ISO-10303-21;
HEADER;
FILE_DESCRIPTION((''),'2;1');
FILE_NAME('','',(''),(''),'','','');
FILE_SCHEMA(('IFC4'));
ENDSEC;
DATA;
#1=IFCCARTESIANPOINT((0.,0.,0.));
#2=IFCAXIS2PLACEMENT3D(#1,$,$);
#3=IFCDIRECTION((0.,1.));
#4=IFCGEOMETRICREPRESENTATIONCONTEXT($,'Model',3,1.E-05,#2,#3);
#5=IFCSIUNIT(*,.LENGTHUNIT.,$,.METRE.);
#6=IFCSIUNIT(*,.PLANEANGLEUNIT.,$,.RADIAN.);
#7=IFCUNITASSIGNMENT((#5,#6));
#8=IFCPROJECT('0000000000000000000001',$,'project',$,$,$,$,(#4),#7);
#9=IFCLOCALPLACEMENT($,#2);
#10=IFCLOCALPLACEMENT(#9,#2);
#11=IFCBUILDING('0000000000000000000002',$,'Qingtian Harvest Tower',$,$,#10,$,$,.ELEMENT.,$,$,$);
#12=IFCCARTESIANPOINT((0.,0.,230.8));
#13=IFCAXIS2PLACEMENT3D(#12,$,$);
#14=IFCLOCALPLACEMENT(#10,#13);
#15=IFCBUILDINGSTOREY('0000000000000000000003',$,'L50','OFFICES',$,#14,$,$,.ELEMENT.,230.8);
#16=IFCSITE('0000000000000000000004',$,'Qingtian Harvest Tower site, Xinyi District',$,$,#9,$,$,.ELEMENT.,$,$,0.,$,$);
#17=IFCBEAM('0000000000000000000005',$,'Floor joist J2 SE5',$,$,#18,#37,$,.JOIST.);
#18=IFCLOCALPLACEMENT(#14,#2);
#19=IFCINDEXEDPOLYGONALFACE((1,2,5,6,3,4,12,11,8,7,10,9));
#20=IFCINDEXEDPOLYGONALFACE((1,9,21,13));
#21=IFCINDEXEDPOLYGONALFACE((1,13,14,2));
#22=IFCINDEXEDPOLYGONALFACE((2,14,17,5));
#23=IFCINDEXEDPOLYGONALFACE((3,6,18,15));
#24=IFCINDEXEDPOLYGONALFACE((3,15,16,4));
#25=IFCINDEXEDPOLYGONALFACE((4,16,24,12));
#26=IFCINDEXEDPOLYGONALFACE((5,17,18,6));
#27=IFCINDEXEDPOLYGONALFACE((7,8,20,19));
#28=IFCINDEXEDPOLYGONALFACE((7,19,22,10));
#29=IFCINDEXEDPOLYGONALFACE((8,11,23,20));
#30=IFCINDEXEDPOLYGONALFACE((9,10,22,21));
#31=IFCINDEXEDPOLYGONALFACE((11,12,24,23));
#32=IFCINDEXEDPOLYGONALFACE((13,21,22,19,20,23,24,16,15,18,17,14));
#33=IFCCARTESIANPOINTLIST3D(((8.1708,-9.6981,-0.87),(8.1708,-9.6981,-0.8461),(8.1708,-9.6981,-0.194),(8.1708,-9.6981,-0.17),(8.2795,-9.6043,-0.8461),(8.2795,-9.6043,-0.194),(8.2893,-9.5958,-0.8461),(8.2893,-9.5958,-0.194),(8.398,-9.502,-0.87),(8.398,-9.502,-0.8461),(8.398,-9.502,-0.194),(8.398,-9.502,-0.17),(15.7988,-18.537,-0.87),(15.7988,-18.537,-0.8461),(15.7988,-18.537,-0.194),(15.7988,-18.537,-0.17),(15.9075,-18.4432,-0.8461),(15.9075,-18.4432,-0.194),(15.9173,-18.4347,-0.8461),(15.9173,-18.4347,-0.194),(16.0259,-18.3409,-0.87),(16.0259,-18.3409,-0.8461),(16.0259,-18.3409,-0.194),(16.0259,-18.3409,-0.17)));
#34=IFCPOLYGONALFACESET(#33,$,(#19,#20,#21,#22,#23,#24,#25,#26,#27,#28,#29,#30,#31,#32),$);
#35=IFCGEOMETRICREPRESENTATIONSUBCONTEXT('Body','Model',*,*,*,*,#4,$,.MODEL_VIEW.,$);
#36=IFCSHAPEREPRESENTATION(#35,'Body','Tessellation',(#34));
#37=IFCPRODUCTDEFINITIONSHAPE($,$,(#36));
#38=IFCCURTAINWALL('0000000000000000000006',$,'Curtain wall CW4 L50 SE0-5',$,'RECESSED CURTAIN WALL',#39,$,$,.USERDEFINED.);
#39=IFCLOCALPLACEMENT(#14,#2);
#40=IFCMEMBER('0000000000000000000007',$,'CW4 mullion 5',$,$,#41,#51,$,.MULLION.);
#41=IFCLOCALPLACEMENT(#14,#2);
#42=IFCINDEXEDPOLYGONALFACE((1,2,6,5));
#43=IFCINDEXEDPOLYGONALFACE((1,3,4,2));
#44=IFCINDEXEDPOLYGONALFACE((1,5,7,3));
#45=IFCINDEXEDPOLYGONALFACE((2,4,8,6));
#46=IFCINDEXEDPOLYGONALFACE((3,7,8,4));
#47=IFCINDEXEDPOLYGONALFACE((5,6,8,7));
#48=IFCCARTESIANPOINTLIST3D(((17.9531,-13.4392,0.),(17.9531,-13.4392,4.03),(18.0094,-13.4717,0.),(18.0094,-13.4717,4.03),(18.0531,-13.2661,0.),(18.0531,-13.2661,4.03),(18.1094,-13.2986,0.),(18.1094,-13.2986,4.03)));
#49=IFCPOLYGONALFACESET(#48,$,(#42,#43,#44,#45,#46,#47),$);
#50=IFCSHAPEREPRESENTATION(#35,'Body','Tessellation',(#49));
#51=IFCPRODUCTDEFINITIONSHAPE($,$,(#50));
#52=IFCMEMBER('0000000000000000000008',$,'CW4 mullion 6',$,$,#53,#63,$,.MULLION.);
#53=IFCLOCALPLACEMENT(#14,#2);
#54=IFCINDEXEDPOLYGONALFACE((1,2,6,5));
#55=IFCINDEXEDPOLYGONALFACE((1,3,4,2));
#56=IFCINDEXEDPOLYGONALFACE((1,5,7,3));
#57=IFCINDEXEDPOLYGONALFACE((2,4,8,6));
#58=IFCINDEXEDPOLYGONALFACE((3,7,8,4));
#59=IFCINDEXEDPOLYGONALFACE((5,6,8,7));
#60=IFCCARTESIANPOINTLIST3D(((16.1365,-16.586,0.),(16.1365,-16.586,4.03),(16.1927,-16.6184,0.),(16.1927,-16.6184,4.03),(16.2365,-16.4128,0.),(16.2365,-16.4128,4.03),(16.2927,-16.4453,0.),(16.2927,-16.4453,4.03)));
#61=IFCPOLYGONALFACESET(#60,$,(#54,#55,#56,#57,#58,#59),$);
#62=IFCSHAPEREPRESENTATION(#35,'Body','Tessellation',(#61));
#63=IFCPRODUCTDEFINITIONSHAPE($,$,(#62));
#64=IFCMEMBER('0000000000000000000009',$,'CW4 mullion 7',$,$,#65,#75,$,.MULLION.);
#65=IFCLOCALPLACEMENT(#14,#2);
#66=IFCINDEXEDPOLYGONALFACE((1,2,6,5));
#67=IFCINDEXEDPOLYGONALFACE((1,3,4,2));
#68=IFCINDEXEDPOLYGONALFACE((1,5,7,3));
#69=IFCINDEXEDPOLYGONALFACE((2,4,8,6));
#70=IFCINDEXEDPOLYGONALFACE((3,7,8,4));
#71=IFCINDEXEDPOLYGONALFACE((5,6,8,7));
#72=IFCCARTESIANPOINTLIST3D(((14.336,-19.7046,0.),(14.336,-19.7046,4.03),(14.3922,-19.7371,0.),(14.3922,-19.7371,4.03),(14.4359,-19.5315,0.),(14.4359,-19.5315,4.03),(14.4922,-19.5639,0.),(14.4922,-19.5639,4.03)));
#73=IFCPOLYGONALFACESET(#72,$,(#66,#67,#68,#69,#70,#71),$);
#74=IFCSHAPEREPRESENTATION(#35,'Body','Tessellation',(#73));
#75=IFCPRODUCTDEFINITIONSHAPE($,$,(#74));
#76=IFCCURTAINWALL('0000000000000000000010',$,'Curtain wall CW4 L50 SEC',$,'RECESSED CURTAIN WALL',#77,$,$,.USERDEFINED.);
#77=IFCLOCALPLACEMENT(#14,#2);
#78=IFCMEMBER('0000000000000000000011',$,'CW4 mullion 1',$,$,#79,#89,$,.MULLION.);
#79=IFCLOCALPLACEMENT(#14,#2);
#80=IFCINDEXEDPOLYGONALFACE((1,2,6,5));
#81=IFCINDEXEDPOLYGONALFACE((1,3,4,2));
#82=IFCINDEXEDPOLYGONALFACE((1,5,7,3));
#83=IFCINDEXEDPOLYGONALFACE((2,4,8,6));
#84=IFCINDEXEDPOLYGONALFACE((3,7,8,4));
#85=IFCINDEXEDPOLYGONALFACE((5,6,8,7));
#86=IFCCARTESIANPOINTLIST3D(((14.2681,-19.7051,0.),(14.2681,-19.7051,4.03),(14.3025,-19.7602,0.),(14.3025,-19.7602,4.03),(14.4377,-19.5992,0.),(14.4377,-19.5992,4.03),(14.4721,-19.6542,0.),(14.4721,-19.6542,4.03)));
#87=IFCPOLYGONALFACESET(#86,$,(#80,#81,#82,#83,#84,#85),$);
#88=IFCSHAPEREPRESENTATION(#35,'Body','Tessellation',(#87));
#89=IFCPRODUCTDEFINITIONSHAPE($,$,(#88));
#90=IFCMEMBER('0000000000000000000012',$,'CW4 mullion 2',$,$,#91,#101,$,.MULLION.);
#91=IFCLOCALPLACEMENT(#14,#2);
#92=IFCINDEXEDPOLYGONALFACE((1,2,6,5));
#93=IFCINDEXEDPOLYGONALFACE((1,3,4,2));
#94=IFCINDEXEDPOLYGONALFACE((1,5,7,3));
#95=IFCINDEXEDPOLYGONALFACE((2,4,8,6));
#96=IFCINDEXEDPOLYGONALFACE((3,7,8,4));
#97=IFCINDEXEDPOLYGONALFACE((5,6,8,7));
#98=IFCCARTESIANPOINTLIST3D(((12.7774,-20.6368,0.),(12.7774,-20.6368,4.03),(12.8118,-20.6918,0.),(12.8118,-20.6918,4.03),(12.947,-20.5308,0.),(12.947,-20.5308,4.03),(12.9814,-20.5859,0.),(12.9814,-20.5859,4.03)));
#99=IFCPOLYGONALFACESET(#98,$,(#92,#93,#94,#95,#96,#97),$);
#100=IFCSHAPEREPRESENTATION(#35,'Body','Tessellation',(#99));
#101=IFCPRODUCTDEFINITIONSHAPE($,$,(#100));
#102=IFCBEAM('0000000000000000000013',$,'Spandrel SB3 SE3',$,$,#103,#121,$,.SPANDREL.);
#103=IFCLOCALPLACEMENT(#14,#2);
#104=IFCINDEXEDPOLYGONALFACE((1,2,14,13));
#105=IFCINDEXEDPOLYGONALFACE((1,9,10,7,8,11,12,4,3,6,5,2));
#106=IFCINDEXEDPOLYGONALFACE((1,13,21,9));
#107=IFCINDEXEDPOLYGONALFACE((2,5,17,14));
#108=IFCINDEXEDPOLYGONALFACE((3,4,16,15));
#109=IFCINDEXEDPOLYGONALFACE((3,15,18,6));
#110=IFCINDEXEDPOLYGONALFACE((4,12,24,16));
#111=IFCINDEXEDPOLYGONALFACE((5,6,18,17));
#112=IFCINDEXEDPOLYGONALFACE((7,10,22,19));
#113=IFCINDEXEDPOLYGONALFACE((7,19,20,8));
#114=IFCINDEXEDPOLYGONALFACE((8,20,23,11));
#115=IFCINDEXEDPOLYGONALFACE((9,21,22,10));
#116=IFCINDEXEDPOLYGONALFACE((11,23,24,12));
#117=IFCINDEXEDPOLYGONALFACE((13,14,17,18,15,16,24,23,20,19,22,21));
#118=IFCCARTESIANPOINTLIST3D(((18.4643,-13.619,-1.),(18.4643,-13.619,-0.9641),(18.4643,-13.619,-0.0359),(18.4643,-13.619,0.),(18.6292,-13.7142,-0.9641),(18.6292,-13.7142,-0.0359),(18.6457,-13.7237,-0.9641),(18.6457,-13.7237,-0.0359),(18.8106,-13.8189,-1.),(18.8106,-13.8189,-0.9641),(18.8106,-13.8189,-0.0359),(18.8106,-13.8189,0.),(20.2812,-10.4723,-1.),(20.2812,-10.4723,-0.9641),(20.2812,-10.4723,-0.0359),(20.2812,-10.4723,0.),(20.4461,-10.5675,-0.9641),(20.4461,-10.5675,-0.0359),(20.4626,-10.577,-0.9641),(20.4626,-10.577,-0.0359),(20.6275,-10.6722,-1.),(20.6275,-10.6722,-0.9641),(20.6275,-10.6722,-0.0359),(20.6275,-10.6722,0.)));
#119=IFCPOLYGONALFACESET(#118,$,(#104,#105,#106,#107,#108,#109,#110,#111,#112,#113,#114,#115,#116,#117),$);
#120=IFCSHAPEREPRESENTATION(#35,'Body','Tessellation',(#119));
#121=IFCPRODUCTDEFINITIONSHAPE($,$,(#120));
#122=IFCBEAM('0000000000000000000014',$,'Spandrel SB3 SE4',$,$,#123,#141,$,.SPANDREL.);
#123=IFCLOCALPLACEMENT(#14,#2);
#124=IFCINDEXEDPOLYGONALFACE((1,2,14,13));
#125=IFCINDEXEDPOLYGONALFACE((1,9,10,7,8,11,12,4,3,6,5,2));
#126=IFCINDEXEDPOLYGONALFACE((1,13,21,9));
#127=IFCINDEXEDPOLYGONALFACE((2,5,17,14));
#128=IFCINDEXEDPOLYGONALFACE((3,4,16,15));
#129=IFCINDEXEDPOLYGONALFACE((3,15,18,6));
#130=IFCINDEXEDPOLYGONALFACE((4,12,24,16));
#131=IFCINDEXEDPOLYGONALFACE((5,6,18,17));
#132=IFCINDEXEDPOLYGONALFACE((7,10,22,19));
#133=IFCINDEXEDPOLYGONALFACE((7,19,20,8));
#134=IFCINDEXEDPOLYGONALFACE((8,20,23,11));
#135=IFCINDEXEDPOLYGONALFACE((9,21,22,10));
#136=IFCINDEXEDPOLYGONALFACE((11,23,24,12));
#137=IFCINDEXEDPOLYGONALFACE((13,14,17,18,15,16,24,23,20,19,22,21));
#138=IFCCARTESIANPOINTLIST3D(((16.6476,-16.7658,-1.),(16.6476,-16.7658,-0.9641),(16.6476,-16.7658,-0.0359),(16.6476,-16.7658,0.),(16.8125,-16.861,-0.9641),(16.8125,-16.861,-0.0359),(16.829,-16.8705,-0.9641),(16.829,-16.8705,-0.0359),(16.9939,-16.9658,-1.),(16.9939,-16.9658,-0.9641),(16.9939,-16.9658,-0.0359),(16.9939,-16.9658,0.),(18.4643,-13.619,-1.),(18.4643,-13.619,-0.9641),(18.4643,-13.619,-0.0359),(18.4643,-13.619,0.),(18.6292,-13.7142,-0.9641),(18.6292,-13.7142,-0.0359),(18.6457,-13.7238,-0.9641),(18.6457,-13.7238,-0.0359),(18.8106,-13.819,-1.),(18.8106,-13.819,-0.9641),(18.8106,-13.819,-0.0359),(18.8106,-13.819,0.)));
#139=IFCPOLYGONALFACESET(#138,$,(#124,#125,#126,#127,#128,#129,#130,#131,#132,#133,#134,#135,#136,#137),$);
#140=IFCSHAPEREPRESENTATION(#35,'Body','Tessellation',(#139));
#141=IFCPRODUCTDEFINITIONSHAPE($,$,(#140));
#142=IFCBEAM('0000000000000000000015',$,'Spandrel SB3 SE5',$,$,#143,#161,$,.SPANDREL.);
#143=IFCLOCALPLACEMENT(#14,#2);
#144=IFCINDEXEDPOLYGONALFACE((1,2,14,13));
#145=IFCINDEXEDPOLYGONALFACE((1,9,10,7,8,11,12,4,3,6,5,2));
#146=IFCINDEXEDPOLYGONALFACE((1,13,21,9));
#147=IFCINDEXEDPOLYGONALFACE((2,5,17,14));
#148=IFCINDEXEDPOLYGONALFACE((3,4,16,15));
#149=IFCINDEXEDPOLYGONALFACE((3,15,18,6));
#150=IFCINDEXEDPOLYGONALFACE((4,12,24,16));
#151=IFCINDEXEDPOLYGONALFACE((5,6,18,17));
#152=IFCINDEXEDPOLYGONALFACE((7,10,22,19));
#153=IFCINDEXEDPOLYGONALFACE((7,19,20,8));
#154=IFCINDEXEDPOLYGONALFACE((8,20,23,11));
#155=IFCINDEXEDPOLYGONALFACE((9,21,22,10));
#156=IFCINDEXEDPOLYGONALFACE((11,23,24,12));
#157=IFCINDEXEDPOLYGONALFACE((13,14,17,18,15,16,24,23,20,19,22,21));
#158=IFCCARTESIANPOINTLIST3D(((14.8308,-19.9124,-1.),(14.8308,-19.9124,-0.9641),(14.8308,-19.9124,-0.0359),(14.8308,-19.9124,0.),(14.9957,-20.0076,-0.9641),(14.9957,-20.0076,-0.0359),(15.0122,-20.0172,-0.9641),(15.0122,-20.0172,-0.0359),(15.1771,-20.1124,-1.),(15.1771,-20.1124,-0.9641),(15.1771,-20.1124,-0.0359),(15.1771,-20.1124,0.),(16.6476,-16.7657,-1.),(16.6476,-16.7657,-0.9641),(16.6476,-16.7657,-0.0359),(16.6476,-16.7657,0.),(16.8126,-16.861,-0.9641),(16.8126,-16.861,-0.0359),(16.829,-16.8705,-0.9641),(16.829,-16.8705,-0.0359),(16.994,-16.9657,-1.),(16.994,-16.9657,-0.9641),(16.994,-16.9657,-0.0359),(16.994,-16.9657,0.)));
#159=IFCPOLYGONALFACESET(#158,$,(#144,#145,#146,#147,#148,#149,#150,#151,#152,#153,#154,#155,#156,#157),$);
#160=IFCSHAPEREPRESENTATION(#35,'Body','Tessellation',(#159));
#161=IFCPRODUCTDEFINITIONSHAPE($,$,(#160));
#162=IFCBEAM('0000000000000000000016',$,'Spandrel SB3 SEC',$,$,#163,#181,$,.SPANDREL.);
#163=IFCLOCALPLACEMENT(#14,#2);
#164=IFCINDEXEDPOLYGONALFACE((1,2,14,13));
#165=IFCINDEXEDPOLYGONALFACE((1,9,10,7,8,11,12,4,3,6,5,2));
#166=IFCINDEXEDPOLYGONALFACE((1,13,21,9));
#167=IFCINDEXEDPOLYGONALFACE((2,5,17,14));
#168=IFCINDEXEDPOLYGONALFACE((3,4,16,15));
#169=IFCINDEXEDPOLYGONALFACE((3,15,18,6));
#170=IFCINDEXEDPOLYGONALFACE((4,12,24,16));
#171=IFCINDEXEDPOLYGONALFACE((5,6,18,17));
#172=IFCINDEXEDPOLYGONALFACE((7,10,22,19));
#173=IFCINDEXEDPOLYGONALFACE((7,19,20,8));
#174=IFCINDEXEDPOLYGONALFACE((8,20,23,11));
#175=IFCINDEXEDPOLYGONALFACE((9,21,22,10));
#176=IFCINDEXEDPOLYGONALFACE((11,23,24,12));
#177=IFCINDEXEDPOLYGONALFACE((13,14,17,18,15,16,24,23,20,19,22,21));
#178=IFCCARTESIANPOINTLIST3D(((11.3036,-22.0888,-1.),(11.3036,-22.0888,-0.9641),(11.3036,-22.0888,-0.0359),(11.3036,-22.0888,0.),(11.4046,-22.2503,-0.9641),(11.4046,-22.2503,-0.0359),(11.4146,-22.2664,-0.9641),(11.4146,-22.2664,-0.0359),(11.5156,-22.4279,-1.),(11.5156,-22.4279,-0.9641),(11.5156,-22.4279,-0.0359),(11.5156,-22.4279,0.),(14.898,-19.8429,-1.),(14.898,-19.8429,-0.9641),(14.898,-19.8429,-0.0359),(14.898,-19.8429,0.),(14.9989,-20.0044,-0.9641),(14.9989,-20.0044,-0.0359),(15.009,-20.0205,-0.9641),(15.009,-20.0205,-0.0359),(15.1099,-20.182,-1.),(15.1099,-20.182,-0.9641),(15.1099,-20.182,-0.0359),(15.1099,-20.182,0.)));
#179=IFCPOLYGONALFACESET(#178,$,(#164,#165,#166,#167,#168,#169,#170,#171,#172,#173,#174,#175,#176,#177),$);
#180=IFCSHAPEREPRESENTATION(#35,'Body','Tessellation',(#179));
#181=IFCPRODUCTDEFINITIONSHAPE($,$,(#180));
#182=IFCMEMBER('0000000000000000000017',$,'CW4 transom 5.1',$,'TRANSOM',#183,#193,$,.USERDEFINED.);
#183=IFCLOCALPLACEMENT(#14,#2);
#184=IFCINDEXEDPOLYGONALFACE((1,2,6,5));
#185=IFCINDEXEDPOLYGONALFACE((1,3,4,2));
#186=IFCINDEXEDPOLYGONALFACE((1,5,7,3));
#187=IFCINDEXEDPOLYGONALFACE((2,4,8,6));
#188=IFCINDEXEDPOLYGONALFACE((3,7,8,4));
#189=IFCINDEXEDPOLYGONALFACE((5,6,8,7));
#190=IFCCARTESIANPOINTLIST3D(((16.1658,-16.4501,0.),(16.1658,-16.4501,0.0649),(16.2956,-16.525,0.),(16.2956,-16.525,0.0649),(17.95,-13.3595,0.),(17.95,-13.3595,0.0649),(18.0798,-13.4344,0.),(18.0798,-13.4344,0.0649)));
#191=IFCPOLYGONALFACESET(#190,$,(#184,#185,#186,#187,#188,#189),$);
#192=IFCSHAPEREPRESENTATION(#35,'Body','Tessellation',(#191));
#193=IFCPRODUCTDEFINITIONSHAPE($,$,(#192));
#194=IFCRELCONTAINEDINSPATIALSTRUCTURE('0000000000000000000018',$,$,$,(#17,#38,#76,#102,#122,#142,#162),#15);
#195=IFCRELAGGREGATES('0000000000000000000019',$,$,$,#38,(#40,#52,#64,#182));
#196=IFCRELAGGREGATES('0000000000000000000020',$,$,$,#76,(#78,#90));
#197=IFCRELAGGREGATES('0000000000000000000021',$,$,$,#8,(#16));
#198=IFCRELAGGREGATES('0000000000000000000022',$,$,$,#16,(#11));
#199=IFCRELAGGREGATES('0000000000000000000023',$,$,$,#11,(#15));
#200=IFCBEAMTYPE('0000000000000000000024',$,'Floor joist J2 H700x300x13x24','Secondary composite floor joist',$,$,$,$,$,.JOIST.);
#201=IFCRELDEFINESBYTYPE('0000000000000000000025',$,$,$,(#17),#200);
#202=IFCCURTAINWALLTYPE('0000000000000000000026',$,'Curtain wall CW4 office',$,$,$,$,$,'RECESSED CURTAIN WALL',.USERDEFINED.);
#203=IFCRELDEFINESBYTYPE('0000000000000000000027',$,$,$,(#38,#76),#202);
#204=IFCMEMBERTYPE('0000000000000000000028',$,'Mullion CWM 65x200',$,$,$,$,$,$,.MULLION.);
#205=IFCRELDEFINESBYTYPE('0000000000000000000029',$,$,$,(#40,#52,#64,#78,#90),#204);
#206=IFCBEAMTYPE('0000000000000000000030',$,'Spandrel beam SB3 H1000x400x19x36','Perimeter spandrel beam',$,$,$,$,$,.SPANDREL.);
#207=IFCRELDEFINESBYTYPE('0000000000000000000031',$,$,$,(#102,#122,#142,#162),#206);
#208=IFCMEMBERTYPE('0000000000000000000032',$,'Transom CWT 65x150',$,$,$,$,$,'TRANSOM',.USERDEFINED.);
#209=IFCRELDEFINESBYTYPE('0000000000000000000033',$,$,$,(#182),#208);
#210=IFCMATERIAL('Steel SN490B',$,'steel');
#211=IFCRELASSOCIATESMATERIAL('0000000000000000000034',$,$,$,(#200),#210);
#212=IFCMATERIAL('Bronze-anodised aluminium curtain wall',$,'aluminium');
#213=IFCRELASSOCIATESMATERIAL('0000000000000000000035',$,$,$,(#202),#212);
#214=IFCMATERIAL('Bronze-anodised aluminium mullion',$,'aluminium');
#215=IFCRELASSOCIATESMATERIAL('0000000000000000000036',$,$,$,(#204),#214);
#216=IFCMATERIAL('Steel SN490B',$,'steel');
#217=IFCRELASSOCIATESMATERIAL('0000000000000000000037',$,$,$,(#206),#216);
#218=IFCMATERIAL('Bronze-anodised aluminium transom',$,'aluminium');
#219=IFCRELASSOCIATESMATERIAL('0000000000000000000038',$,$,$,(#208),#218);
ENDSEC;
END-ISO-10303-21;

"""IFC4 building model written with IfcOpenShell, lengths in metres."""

from ifc_helpers import new_model, si_unit, direction, frame, origin, origin_2d, place, context, subcontext, project, spatial, rectangle, i_section, extrude, material, material_profile, profile_set, type_object, element, aggregate, save


model = new_model("IFC4")

# Units and contexts
model_context = context("Model", 3, precision=1e-05, world=origin(), true_north=direction((0.0, 1.0)))
body_context = subcontext(model_context, "Body", "Model", "MODEL_VIEW")
ifc_project = project(units=[si_unit("LENGTHUNIT", "METRE"), si_unit("PLANEANGLEUNIT", "RADIAN")], contexts=[model_context])

# Site, building, storey
site_placement = place(None, origin())
site = spatial("IfcSite", under=ifc_project, at=site_placement, Name="Qingtian Harvest Tower site, Xinyi District", CompositionType="ELEMENT", RefElevation=0.0)
building_placement = place(site_placement, origin())
building = spatial("IfcBuilding", under=site, at=building_placement, Name="Qingtian Harvest Tower", CompositionType="ELEMENT")
storey_placement = place(building_placement, frame((0.0, 0.0, 230.8)))
storey = spatial("IfcBuildingStorey", under=building, at=storey_placement, Name="L50", Description="OFFICES", CompositionType="ELEMENT", Elevation=230.8)

# Beam
ifc_material_1 = material(Name="Steel SN490B", Category="steel")
ifc_material_profile_1 = material_profile(ifc_material_1, i_section(OverallWidth=0.3, OverallDepth=0.7, WebThickness=0.0129, FlangeThickness=0.0239, at=origin_2d()), Name="H700x300x13x24")
ifc_profile_set_1 = profile_set([ifc_material_profile_1], Name="Steel SN490B")
beam_type_1 = type_object("IfcBeamType", Name="Floor joist J2 H700x300x13x24", Description="Secondary composite floor joist", PredefinedType="JOIST", material=ifc_profile_set_1)
beam_1_placement = place(storey_placement, frame((15.9124, -18.439, -0.52), z_axis=(-0.653343, 0.757062, 0.0), x_axis=(-0.757062, -0.653343, 0.0)))
element("IfcBeam", 1, at=beam_1_placement, inside=storey, type_object=beam_type_1, Name="Floor joist J2 SE5", PredefinedType="JOIST", context=body_context, shape_type="SweptSolid", body=[
    extrude(i_section(OverallWidth=0.3, OverallDepth=0.7, WebThickness=0.0129, FlangeThickness=0.0239, at=origin_2d()), origin(), (0.0, 0.0, 1.0), 11.6753),
])

# Curtain walls, members
ifc_material_2 = material(Name="Bronze-anodised aluminium curtain wall", Category="aluminium")
curtain_wall_type = type_object("IfcCurtainWallType", Name="Curtain wall CW4 office", ElementType="RECESSED CURTAIN WALL", PredefinedType="USERDEFINED", material=ifc_material_2)
curtain_wall_1_placement = place(storey_placement, origin())
curtain_wall_1 = element("IfcCurtainWall", 2, at=curtain_wall_1_placement, inside=storey, type_object=curtain_wall_type, Name="Curtain wall CW4 L50 SE0-5", ObjectType="RECESSED CURTAIN WALL", PredefinedType="USERDEFINED")
ifc_material_3 = material(Name="Bronze-anodised aluminium mullion", Category="aluminium")
ifc_material_profile_2 = material_profile(ifc_material_3, rectangle(XDim=0.0649, YDim=0.2, at=origin_2d()), Name="AL 65x200")
ifc_profile_set_2 = profile_set([ifc_material_profile_2], Name="Bronze-anodised aluminium mullion")
member_type_1 = type_object("IfcMemberType", Name="Mullion CWM 65x200", PredefinedType="MULLION", material=ifc_profile_set_2)
member_1_placement = place(storey_placement, frame((18.0312, -13.3689, 0.0), z_axis=(0.0, 0.0, 1.0), x_axis=(0.866025, -0.5, 0.0)))
member_1 = element("IfcMember", 3, at=member_1_placement, type_object=member_type_1, Name="CW4 mullion 5", PredefinedType="MULLION", context=body_context, shape_type="SweptSolid", body=[
    extrude(rectangle(XDim=0.0649, YDim=0.2, at=origin_2d()), origin(), (0.0, 0.0, 1.0), 4.03),
])
member_2_placement = place(storey_placement, frame((16.2146, -16.5156, 0.0), z_axis=(0.0, 0.0, 1.0), x_axis=(0.866025, -0.5, 0.0)))
member_2 = element("IfcMember", 4, at=member_2_placement, type_object=member_type_1, Name="CW4 mullion 6", PredefinedType="MULLION", context=body_context, shape_type="SweptSolid", body=[
    extrude(rectangle(XDim=0.0649, YDim=0.2, at=origin_2d()), origin(), (0.0, 0.0, 1.0), 4.03),
])
member_3_placement = place(storey_placement, frame((14.4141, -19.6343, 0.0), z_axis=(0.0, 0.0, 1.0), x_axis=(0.866025, -0.5, 0.0)))
member_3 = element("IfcMember", 5, at=member_3_placement, type_object=member_type_1, Name="CW4 mullion 7", PredefinedType="MULLION", context=body_context, shape_type="SweptSolid", body=[
    extrude(rectangle(XDim=0.0649, YDim=0.2, at=origin_2d()), origin(), (0.0, 0.0, 1.0), 4.03),
])
curtain_wall_2_placement = place(storey_placement, origin())
curtain_wall_2 = element("IfcCurtainWall", 6, at=curtain_wall_2_placement, inside=storey, type_object=curtain_wall_type, Name="Curtain wall CW4 L50 SEC", ObjectType="RECESSED CURTAIN WALL", PredefinedType="USERDEFINED")
member_4_placement = place(storey_placement, frame((14.3701, -19.6797, 0.0), z_axis=(0.0, 0.0, 1.0), x_axis=(0.529919, -0.848048, 0.0)))
member_4 = element("IfcMember", 7, at=member_4_placement, type_object=member_type_1, Name="CW4 mullion 1", PredefinedType="MULLION", context=body_context, shape_type="SweptSolid", body=[
    extrude(rectangle(XDim=0.0649, YDim=0.2, at=origin_2d()), origin(), (0.0, 0.0, 1.0), 4.03),
])
member_5_placement = place(storey_placement, frame((12.8794, -20.6113, 0.0), z_axis=(0.0, 0.0, 1.0), x_axis=(0.529919, -0.848048, 0.0)))
member_5 = element("IfcMember", 8, at=member_5_placement, type_object=member_type_1, Name="CW4 mullion 2", PredefinedType="MULLION", context=body_context, shape_type="SweptSolid", body=[
    extrude(rectangle(XDim=0.0649, YDim=0.2, at=origin_2d()), origin(), (0.0, 0.0, 1.0), 4.03),
])

# Beams
ifc_material_4 = material(Name="Steel SN490B", Category="steel")
ifc_material_profile_3 = material_profile(ifc_material_4, i_section(OverallWidth=0.3999, OverallDepth=1.0, WebThickness=0.019, FlangeThickness=0.0359, at=origin_2d()), Name="H1000x400x19x36")
ifc_profile_set_3 = profile_set([ifc_material_profile_3], Name="Steel SN490B")
beam_type_2 = type_object("IfcBeamType", Name="Spandrel beam SB3 H1000x400x19x36", Description="Perimeter spandrel beam", PredefinedType="SPANDREL", material=ifc_profile_set_3)
for number, where, z_axis, x_axis, name in (
    (9, (20.4543, -10.5723, -0.5), (-0.500027, -0.86601, 0.0), (0.86601, -0.500027, 0.0), "Spandrel SB3 SE3"),
    (10, (18.6375, -13.719, -0.5), (-0.499976, -0.866039, 0.0), (0.866039, -0.499976, 0.0), "Spandrel SB3 SE4"),
    (11, (16.8208, -16.8657, -0.5), (-0.500027, -0.86601, 0.0), (0.86601, -0.500027, 0.0), "Spandrel SB3 SE5"),
):
    element("IfcBeam", number, at=place(storey_placement, frame(where, z_axis=z_axis, x_axis=x_axis)), inside=storey, type_object=beam_type_2, Name=name, PredefinedType="SPANDREL", context=body_context, shape_type="SweptSolid", body=[
        extrude(i_section(OverallWidth=0.3999, OverallDepth=1.0, WebThickness=0.019, FlangeThickness=0.0359, at=origin_2d()), origin(), (0.0, 0.0, 1.0), 3.6335),
    ])
beam_2_placement = place(storey_placement, frame((15.0039, -20.0125, -0.5), z_axis=(-0.848057, -0.529906, 0.0), x_axis=(0.529906, -0.848057, 0.0)))
element("IfcBeam", 12, at=beam_2_placement, inside=storey, type_object=beam_type_2, Name="Spandrel SB3 SEC", PredefinedType="SPANDREL", context=body_context, shape_type="SweptSolid", body=[
    extrude(i_section(OverallWidth=0.3999, OverallDepth=1.0, WebThickness=0.019, FlangeThickness=0.0359, at=origin_2d()), origin(), (0.0, 0.0, 1.0), 4.2383),
])

# Member
ifc_material_5 = material(Name="Bronze-anodised aluminium transom", Category="aluminium")
ifc_material_profile_4 = material_profile(ifc_material_5, rectangle(XDim=0.1499, YDim=0.0649, at=origin_2d()), Name="AL 65x150")
ifc_profile_set_4 = profile_set([ifc_material_profile_4], Name="Bronze-anodised aluminium transom")
member_type_2 = type_object("IfcMemberType", Name="Transom CWT 65x150", ElementType="TRANSOM", PredefinedType="USERDEFINED", material=ifc_profile_set_4)
member_6_placement = place(storey_placement, frame((18.0149, -13.397, 0.0325), z_axis=(-0.499965, -0.866045, 0.0), x_axis=(0.866045, -0.499965, 0.0)))
member_6 = element("IfcMember", 13, at=member_6_placement, type_object=member_type_2, Name="CW4 transom 5.1", ObjectType="TRANSOM", PredefinedType="USERDEFINED", context=body_context, shape_type="SweptSolid", body=[
    extrude(rectangle(XDim=0.1499, YDim=0.0649, at=origin_2d()), origin(), (0.0, 0.0, 1.0), 3.5686),
])

aggregate(curtain_wall_1, [member_1, member_2, member_3, member_6])
aggregate(curtain_wall_2, [member_4, member_5])

save(model, "model.ifc")
